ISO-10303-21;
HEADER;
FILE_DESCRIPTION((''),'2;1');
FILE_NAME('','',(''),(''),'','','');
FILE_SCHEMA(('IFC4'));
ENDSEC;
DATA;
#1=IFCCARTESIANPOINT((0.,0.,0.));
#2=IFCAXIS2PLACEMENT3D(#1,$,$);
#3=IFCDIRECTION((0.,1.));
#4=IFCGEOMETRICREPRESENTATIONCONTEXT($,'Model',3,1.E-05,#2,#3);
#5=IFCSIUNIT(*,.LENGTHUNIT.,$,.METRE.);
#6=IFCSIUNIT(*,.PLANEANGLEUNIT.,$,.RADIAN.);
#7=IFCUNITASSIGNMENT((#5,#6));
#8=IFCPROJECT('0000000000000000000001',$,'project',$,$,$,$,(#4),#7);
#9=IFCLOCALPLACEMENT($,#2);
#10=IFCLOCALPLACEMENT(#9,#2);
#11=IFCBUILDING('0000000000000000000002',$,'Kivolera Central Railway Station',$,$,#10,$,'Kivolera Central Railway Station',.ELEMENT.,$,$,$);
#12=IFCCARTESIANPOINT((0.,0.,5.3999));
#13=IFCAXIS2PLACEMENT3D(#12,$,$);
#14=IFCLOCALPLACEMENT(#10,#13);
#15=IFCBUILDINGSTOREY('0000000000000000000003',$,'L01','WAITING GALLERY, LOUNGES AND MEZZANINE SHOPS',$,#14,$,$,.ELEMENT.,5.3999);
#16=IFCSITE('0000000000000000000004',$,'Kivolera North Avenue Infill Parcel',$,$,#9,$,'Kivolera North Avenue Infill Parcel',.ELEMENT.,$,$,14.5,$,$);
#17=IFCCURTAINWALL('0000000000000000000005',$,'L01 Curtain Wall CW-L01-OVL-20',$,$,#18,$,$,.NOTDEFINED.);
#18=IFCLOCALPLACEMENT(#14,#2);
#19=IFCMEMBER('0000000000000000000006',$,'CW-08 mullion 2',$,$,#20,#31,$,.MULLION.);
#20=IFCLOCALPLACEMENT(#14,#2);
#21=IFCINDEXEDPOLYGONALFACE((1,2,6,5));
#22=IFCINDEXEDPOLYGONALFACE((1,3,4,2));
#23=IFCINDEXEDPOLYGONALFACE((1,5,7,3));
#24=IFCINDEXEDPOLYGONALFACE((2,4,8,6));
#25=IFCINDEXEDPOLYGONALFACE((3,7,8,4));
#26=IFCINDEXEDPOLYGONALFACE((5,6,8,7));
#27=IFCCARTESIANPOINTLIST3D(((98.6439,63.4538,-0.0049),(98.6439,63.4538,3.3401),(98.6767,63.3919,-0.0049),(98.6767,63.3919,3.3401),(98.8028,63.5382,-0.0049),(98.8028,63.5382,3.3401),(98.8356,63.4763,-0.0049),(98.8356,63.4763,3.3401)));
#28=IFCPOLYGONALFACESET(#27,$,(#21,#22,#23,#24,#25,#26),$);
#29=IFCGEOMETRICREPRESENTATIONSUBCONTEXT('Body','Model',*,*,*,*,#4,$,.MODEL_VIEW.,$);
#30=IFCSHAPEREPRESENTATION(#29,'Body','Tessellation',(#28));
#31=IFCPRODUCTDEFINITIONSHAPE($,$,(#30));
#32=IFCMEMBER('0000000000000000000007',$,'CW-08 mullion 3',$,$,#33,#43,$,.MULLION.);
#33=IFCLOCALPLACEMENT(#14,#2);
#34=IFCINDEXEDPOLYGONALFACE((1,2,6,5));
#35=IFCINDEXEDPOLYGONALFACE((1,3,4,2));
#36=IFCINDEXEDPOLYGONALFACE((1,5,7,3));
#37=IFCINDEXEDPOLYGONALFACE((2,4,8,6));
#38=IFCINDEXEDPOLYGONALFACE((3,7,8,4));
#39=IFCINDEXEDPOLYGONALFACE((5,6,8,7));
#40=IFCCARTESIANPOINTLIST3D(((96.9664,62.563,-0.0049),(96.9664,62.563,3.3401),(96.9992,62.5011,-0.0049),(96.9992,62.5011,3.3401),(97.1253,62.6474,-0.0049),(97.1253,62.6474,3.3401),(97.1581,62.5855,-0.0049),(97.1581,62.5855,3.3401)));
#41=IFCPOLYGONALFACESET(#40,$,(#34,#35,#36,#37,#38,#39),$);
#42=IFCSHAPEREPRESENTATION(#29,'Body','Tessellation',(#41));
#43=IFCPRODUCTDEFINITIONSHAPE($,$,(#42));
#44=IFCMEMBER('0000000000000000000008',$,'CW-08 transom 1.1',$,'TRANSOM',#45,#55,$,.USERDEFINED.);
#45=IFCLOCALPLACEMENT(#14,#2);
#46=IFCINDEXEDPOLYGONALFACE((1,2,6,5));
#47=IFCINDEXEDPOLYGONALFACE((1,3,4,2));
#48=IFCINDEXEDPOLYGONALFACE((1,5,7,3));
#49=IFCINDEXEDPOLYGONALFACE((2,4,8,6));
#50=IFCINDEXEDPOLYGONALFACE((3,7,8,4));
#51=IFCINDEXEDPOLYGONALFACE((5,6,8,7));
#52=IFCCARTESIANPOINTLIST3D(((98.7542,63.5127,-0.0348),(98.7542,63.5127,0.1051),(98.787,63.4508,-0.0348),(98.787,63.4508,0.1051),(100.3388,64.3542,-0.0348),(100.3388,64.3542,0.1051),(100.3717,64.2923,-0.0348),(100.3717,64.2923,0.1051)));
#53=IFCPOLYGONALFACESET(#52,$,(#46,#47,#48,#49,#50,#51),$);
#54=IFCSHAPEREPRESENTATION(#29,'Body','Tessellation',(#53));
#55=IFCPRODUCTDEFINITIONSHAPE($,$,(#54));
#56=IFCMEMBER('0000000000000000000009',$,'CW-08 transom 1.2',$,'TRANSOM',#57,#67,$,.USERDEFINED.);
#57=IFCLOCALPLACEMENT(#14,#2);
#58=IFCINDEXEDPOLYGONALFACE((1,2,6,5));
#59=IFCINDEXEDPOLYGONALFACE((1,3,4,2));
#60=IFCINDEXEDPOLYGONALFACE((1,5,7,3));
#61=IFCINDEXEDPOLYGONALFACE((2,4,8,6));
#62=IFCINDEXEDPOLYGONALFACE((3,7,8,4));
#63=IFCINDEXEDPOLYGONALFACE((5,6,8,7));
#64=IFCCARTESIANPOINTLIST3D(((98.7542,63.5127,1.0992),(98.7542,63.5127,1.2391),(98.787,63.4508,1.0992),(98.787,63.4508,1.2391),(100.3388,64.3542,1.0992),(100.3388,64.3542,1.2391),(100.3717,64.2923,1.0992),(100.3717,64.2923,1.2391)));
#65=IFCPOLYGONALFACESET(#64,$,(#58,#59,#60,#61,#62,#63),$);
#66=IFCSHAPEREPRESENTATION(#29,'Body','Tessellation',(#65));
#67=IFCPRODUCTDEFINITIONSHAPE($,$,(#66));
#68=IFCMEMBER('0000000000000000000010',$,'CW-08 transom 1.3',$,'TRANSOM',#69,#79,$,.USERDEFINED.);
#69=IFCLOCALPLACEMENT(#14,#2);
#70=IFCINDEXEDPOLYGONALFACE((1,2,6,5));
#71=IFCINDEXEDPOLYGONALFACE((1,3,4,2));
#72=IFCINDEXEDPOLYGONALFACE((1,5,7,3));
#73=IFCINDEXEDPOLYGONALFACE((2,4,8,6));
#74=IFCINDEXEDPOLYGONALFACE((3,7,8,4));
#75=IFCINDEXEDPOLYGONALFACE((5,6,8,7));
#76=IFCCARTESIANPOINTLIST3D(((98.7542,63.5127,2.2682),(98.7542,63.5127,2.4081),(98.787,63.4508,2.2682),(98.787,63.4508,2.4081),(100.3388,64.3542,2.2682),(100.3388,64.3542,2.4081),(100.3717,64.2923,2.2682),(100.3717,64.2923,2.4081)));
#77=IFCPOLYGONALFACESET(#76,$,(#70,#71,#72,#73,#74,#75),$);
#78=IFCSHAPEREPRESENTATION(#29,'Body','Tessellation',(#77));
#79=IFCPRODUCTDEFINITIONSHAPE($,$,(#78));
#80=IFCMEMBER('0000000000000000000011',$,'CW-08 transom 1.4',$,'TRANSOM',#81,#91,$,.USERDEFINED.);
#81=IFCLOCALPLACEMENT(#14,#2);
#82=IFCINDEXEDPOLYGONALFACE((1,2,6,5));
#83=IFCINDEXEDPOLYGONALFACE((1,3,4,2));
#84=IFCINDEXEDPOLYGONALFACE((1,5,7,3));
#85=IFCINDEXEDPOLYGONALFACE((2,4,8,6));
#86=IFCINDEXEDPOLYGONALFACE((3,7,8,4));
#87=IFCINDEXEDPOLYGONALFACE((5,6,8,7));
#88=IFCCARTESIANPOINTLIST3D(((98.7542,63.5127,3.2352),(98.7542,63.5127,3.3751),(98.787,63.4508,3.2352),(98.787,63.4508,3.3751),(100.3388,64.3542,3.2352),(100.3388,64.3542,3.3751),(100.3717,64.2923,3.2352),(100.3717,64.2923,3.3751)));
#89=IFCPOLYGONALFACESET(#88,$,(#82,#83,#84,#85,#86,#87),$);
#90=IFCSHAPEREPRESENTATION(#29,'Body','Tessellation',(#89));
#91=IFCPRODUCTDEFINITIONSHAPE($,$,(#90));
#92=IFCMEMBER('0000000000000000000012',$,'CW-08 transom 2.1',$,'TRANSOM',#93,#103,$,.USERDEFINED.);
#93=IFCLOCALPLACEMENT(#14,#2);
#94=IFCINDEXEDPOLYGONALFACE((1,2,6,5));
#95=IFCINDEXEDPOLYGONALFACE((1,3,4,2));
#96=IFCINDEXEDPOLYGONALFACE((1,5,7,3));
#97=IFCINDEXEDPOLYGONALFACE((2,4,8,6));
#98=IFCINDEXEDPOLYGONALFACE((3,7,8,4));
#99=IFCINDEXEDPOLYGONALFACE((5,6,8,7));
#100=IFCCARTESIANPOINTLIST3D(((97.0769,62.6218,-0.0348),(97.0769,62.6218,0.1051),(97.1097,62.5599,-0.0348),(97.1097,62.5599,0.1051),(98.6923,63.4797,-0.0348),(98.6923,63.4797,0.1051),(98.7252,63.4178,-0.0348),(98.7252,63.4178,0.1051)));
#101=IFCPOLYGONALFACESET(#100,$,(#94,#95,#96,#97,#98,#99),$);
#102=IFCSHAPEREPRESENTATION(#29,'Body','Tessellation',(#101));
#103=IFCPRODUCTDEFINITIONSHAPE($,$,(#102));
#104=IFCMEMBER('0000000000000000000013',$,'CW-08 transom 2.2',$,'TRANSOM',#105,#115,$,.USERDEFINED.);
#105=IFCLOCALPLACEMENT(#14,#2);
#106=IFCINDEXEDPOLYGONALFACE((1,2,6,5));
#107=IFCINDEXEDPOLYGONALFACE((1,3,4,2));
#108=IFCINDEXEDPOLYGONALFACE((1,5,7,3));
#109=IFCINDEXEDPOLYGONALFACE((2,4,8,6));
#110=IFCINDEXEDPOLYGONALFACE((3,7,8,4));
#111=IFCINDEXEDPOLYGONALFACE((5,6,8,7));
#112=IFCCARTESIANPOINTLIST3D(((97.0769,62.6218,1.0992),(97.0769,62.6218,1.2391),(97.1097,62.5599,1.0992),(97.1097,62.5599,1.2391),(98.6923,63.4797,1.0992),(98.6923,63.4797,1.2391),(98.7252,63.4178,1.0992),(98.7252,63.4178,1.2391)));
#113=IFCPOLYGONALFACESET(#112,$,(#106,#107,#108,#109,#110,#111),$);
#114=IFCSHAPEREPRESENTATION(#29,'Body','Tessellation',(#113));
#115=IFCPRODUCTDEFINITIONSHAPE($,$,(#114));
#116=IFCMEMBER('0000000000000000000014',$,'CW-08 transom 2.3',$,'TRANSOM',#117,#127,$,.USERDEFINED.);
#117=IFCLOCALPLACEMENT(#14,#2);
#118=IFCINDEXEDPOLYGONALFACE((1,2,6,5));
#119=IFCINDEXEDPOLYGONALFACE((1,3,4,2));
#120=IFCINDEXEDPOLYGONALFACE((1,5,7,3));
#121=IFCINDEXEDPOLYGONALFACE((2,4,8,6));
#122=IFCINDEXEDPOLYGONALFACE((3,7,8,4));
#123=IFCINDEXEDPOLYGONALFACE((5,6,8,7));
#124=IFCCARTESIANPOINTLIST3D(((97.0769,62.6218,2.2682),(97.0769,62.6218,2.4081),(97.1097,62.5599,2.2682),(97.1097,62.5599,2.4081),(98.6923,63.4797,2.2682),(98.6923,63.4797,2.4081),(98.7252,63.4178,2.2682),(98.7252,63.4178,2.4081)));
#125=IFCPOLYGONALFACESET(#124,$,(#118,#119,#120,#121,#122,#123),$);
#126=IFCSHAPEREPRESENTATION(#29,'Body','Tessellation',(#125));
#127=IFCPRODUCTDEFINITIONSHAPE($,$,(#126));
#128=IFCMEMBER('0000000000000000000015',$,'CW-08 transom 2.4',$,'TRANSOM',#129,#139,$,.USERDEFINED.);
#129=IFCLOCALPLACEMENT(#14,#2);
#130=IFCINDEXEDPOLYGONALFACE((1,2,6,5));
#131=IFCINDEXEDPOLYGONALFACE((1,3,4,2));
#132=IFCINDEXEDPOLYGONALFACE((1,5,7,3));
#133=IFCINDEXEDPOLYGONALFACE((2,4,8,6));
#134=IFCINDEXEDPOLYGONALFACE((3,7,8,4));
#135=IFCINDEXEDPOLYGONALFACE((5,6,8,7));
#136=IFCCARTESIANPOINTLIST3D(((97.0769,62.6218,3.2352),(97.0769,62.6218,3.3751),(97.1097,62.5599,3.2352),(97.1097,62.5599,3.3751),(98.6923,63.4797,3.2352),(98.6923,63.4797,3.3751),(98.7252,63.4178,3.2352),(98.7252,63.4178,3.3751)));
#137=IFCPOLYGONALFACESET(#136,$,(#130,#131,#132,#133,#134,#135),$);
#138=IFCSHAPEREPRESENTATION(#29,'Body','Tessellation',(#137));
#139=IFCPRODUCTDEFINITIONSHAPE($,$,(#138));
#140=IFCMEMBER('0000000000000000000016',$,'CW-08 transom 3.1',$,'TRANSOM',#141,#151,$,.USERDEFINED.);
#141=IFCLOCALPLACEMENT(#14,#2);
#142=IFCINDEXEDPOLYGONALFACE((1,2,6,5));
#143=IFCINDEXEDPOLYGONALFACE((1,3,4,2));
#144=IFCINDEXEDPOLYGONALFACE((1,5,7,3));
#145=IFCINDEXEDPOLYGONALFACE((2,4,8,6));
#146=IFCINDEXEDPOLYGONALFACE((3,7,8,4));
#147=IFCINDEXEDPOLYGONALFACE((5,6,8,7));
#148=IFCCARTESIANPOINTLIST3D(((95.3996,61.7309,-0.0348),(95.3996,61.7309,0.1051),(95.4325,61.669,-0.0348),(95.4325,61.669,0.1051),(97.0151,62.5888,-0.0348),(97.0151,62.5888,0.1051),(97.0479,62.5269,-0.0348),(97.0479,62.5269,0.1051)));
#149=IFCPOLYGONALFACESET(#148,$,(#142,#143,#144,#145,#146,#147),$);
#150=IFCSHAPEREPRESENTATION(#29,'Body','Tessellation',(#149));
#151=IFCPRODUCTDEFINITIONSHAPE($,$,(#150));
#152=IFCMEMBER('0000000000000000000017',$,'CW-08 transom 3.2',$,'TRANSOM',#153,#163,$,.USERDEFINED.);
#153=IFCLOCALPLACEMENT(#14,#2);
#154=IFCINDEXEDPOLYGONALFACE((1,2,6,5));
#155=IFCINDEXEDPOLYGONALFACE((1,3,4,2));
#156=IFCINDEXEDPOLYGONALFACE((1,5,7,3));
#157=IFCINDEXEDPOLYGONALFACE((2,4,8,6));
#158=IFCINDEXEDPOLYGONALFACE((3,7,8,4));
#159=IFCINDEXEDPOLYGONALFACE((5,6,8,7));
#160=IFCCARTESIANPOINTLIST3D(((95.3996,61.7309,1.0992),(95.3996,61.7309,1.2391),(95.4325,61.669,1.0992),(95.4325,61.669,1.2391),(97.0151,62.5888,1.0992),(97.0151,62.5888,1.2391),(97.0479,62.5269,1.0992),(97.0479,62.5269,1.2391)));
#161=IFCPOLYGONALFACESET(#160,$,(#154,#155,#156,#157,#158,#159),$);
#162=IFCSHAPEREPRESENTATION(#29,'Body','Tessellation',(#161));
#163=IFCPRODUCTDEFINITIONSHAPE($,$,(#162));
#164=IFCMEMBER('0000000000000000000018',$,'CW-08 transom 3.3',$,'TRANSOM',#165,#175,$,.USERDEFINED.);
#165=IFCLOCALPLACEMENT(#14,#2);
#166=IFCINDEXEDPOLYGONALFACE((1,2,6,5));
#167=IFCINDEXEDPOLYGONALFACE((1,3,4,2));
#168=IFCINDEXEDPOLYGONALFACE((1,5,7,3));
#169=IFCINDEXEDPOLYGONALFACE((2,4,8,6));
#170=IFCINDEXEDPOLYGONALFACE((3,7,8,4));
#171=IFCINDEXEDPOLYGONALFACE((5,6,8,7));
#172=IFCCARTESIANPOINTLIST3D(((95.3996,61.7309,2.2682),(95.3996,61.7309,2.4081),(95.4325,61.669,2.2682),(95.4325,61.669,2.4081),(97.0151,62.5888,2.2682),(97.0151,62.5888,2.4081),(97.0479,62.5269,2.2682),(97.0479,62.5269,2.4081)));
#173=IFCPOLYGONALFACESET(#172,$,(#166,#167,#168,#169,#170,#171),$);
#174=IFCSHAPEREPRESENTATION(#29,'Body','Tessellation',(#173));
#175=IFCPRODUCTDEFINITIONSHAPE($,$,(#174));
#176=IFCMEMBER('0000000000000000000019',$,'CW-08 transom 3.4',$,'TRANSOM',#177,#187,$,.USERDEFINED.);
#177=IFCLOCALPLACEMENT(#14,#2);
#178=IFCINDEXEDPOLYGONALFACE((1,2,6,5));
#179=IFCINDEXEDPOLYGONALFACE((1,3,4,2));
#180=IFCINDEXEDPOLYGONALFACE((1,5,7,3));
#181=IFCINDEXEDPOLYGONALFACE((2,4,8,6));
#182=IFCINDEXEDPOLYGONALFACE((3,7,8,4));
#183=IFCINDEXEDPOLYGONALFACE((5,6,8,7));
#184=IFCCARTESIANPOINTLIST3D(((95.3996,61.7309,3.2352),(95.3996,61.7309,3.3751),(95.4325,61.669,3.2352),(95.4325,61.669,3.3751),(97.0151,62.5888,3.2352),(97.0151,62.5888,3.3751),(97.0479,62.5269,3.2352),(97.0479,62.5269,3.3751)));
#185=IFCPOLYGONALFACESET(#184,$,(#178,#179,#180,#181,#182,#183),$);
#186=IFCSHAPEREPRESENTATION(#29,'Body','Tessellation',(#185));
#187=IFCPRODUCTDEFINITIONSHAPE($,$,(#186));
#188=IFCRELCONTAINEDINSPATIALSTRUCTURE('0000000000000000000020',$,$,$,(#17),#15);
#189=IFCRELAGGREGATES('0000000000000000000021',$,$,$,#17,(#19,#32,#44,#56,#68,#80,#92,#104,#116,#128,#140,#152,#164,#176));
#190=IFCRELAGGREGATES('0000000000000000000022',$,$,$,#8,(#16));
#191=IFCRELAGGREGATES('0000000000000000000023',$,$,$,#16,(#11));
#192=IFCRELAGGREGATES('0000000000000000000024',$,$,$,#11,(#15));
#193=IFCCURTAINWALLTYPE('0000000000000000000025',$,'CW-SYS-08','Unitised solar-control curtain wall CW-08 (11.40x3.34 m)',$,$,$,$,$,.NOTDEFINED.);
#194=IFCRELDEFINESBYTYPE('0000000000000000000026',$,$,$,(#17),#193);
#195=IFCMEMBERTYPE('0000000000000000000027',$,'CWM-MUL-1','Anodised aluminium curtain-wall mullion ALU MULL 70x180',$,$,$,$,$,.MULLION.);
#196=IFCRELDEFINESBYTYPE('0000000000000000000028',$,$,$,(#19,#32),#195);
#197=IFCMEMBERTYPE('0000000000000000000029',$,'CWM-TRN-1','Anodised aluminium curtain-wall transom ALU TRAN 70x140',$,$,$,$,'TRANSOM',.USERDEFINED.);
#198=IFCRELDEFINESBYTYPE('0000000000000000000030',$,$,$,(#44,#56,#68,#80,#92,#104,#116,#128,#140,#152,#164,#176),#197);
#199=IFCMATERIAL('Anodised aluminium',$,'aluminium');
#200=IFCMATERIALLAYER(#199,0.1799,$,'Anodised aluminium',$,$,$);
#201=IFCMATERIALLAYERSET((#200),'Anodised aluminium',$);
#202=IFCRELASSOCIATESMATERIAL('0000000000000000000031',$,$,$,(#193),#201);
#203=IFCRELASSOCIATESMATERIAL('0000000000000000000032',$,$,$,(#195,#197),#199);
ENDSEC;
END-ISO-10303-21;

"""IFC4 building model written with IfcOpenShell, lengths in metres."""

from ifc_helpers import new_model, si_unit, direction, frame, origin, origin_2d, place, context, subcontext, project, spatial, rectangle, extrude, material, layer, layer_set, material_profile, profile_set, type_object, element, aggregate, save


model = new_model("IFC4")

# Units and contexts
model_context = context("Model", 3, precision=1e-05, world=origin(), true_north=direction((0.0, 1.0)))
body_context = subcontext(model_context, "Body", "Model", "MODEL_VIEW")
ifc_project = project(units=[si_unit("LENGTHUNIT", "METRE"), si_unit("PLANEANGLEUNIT", "RADIAN")], contexts=[model_context])

# Site, building, storey
site_placement = place(None, origin())
site = spatial("IfcSite", under=ifc_project, at=site_placement, Name="Kivolera North Avenue Infill Parcel", LongName="Kivolera North Avenue Infill Parcel", CompositionType="ELEMENT", RefElevation=14.5)
building_placement = place(site_placement, origin())
building = spatial("IfcBuilding", under=site, at=building_placement, Name="Kivolera Central Railway Station", LongName="Kivolera Central Railway Station", CompositionType="ELEMENT")
storey_placement = place(building_placement, frame((0.0, 0.0, 5.3999)))
storey = spatial("IfcBuildingStorey", under=building, at=storey_placement, Name="L01", Description="WAITING GALLERY, LOUNGES AND MEZZANINE SHOPS", CompositionType="ELEMENT", Elevation=5.3999)

# Curtain wall, members
ifc_material_1 = material(Name="Anodised aluminium", Category="aluminium")
ifc_layer_1 = layer(ifc_material_1, 0.1799, Name="Anodised aluminium")
ifc_layer_set_1 = layer_set([ifc_layer_1], Name="Anodised aluminium")
curtain_wall_type = type_object("IfcCurtainWallType", Name="CW-SYS-08", Description="Unitised solar-control curtain wall CW-08 (11.40x3.34 m)", PredefinedType="NOTDEFINED", material=ifc_layer_set_1)
curtain_wall_placement = place(storey_placement, origin())
curtain_wall = element("IfcCurtainWall", 1, at=curtain_wall_placement, inside=storey, type_object=curtain_wall_type, Name="L01 Curtain Wall CW-L01-OVL-20", PredefinedType="NOTDEFINED")
ifc_material_profile_1 = material_profile(ifc_material_1, rectangle(XDim=0.0701, YDim=0.1799, at=origin_2d()), Name="ALU MULL 70x180")
ifc_profile_set_1 = profile_set([ifc_material_profile_1], Name="Anodised aluminium")
member_type_1 = type_object("IfcMemberType", Name="CWM-MUL-1", Description="Anodised aluminium curtain-wall mullion ALU MULL 70x180", PredefinedType="MULLION", material=ifc_profile_set_1)
member_1_placement = place(storey_placement, frame((98.7397, 63.4651, -0.0049), z_axis=(0.0, 0.0, 1.0), x_axis=(0.469053, -0.88317, 0.0)))
member_1 = element("IfcMember", 2, at=member_1_placement, type_object=member_type_1, Name="CW-08 mullion 2", PredefinedType="MULLION", context=body_context, shape_type="SweptSolid", body=[
    extrude(rectangle(XDim=0.0701, YDim=0.1799, at=origin_2d()), origin(), (0.0, 0.0, 1.0), 3.345),
])
member_2_placement = place(storey_placement, frame((97.0623, 62.5742, -0.0049), z_axis=(0.0, 0.0, 1.0), x_axis=(0.469053, -0.88317, 0.0)))
member_2 = element("IfcMember", 3, at=member_2_placement, type_object=member_type_1, Name="CW-08 mullion 3", PredefinedType="MULLION", context=body_context, shape_type="SweptSolid", body=[
    extrude(rectangle(XDim=0.0701, YDim=0.1799, at=origin_2d()), origin(), (0.0, 0.0, 1.0), 3.345),
])
ifc_material_profile_2 = material_profile(ifc_material_1, rectangle(XDim=0.0701, YDim=0.1399, at=origin_2d()), Name="ALU TRAN 70x140")
ifc_profile_set_2 = profile_set([ifc_material_profile_2], Name="Anodised aluminium")
member_type_2 = type_object("IfcMemberType", Name="CWM-TRN-1", Description="Anodised aluminium curtain-wall transom ALU TRAN 70x140", ElementType="TRANSOM", PredefinedType="USERDEFINED", material=ifc_profile_set_2)
member_3_placement = place(storey_placement, frame((100.3552, 64.3232, 0.0352), z_axis=(-0.883191, -0.469013, 0.0), x_axis=(0.469013, -0.883191, 0.0)))
member_3 = element("IfcMember", 4, at=member_3_placement, type_object=member_type_2, Name="CW-08 transom 1.1", ObjectType="TRANSOM", PredefinedType="USERDEFINED", context=body_context, shape_type="SweptSolid", body=[
    extrude(rectangle(XDim=0.0701, YDim=0.1399, at=origin_2d()), origin(), (0.0, 0.0, 1.0), 1.7942),
])
member_4_placement = place(storey_placement, frame((100.3552, 64.3232, 1.1692), z_axis=(-0.883191, -0.469013, 0.0), x_axis=(0.469013, -0.883191, 0.0)))
member_4 = element("IfcMember", 5, at=member_4_placement, type_object=member_type_2, Name="CW-08 transom 1.2", ObjectType="TRANSOM", PredefinedType="USERDEFINED", context=body_context, shape_type="SweptSolid", body=[
    extrude(rectangle(XDim=0.0701, YDim=0.1399, at=origin_2d()), origin(), (0.0, 0.0, 1.0), 1.7942),
])
member_5_placement = place(storey_placement, frame((100.3552, 64.3232, 2.3381), z_axis=(-0.883191, -0.469013, 0.0), x_axis=(0.469013, -0.883191, 0.0)))
member_5 = element("IfcMember", 6, at=member_5_placement, type_object=member_type_2, Name="CW-08 transom 1.3", ObjectType="TRANSOM", PredefinedType="USERDEFINED", context=body_context, shape_type="SweptSolid", body=[
    extrude(rectangle(XDim=0.0701, YDim=0.1399, at=origin_2d()), origin(), (0.0, 0.0, 1.0), 1.7942),
])
member_6_placement = place(storey_placement, frame((100.3552, 64.3232, 3.3052), z_axis=(-0.883191, -0.469013, 0.0), x_axis=(0.469013, -0.883191, 0.0)))
member_6 = element("IfcMember", 7, at=member_6_placement, type_object=member_type_2, Name="CW-08 transom 1.4", ObjectType="TRANSOM", PredefinedType="USERDEFINED", context=body_context, shape_type="SweptSolid", body=[
    extrude(rectangle(XDim=0.0701, YDim=0.1399, at=origin_2d()), origin(), (0.0, 0.0, 1.0), 1.7942),
])
member_7_placement = place(storey_placement, frame((98.7087, 63.4487, 0.0352), z_axis=(-0.883187, -0.469022, 0.0), x_axis=(0.469022, -0.883187, 0.0)))
member_7 = element("IfcMember", 8, at=member_7_placement, type_object=member_type_2, Name="CW-08 transom 2.1", ObjectType="TRANSOM", PredefinedType="USERDEFINED", context=body_context, shape_type="SweptSolid", body=[
    extrude(rectangle(XDim=0.0701, YDim=0.1399, at=origin_2d()), origin(), (0.0, 0.0, 1.0), 1.8291),
])
member_8_placement = place(storey_placement, frame((98.7087, 63.4487, 1.1692), z_axis=(-0.883187, -0.469022, 0.0), x_axis=(0.469022, -0.883187, 0.0)))
member_8 = element("IfcMember", 9, at=member_8_placement, type_object=member_type_2, Name="CW-08 transom 2.2", ObjectType="TRANSOM", PredefinedType="USERDEFINED", context=body_context, shape_type="SweptSolid", body=[
    extrude(rectangle(XDim=0.0701, YDim=0.1399, at=origin_2d()), origin(), (0.0, 0.0, 1.0), 1.8291),
])
member_9_placement = place(storey_placement, frame((98.7087, 63.4487, 2.3381), z_axis=(-0.883187, -0.469022, 0.0), x_axis=(0.469022, -0.883187, 0.0)))
member_9 = element("IfcMember", 10, at=member_9_placement, type_object=member_type_2, Name="CW-08 transom 2.3", ObjectType="TRANSOM", PredefinedType="USERDEFINED", context=body_context, shape_type="SweptSolid", body=[
    extrude(rectangle(XDim=0.0701, YDim=0.1399, at=origin_2d()), origin(), (0.0, 0.0, 1.0), 1.8291),
])
member_10_placement = place(storey_placement, frame((98.7087, 63.4487, 3.3052), z_axis=(-0.883187, -0.469022, 0.0), x_axis=(0.469022, -0.883187, 0.0)))
member_10 = element("IfcMember", 11, at=member_10_placement, type_object=member_type_2, Name="CW-08 transom 2.4", ObjectType="TRANSOM", PredefinedType="USERDEFINED", context=body_context, shape_type="SweptSolid", body=[
    extrude(rectangle(XDim=0.0701, YDim=0.1399, at=origin_2d()), origin(), (0.0, 0.0, 1.0), 1.8291),
])
member_11_placement = place(storey_placement, frame((97.0315, 62.5579, 0.0352), z_axis=(-0.883187, -0.469022, 0.0), x_axis=(0.469022, -0.883187, 0.0)))
member_11 = element("IfcMember", 12, at=member_11_placement, type_object=member_type_2, Name="CW-08 transom 3.1", ObjectType="TRANSOM", PredefinedType="USERDEFINED", context=body_context, shape_type="SweptSolid", body=[
    extrude(rectangle(XDim=0.0701, YDim=0.1399, at=origin_2d()), origin(), (0.0, 0.0, 1.0), 1.8291),
])
member_12_placement = place(storey_placement, frame((97.0315, 62.5579, 1.1692), z_axis=(-0.883187, -0.469022, 0.0), x_axis=(0.469022, -0.883187, 0.0)))
member_12 = element("IfcMember", 13, at=member_12_placement, type_object=member_type_2, Name="CW-08 transom 3.2", ObjectType="TRANSOM", PredefinedType="USERDEFINED", context=body_context, shape_type="SweptSolid", body=[
    extrude(rectangle(XDim=0.0701, YDim=0.1399, at=origin_2d()), origin(), (0.0, 0.0, 1.0), 1.8291),
])
member_13_placement = place(storey_placement, frame((97.0315, 62.5579, 2.3381), z_axis=(-0.883187, -0.469022, 0.0), x_axis=(0.469022, -0.883187, 0.0)))
member_13 = element("IfcMember", 14, at=member_13_placement, type_object=member_type_2, Name="CW-08 transom 3.3", ObjectType="TRANSOM", PredefinedType="USERDEFINED", context=body_context, shape_type="SweptSolid", body=[
    extrude(rectangle(XDim=0.0701, YDim=0.1399, at=origin_2d()), origin(), (0.0, 0.0, 1.0), 1.8291),
])
member_14_placement = place(storey_placement, frame((97.0315, 62.5579, 3.3052), z_axis=(-0.883187, -0.469022, 0.0), x_axis=(0.469022, -0.883187, 0.0)))
member_14 = element("IfcMember", 15, at=member_14_placement, type_object=member_type_2, Name="CW-08 transom 3.4", ObjectType="TRANSOM", PredefinedType="USERDEFINED", context=body_context, shape_type="SweptSolid", body=[
    extrude(rectangle(XDim=0.0701, YDim=0.1399, at=origin_2d()), origin(), (0.0, 0.0, 1.0), 1.8291),
])
aggregate(curtain_wall, [member_1, member_2, member_3, member_4, member_5, member_6, member_7, member_8, member_9, member_10, member_11, member_12, member_13, member_14])

save(model, "model.ifc")
